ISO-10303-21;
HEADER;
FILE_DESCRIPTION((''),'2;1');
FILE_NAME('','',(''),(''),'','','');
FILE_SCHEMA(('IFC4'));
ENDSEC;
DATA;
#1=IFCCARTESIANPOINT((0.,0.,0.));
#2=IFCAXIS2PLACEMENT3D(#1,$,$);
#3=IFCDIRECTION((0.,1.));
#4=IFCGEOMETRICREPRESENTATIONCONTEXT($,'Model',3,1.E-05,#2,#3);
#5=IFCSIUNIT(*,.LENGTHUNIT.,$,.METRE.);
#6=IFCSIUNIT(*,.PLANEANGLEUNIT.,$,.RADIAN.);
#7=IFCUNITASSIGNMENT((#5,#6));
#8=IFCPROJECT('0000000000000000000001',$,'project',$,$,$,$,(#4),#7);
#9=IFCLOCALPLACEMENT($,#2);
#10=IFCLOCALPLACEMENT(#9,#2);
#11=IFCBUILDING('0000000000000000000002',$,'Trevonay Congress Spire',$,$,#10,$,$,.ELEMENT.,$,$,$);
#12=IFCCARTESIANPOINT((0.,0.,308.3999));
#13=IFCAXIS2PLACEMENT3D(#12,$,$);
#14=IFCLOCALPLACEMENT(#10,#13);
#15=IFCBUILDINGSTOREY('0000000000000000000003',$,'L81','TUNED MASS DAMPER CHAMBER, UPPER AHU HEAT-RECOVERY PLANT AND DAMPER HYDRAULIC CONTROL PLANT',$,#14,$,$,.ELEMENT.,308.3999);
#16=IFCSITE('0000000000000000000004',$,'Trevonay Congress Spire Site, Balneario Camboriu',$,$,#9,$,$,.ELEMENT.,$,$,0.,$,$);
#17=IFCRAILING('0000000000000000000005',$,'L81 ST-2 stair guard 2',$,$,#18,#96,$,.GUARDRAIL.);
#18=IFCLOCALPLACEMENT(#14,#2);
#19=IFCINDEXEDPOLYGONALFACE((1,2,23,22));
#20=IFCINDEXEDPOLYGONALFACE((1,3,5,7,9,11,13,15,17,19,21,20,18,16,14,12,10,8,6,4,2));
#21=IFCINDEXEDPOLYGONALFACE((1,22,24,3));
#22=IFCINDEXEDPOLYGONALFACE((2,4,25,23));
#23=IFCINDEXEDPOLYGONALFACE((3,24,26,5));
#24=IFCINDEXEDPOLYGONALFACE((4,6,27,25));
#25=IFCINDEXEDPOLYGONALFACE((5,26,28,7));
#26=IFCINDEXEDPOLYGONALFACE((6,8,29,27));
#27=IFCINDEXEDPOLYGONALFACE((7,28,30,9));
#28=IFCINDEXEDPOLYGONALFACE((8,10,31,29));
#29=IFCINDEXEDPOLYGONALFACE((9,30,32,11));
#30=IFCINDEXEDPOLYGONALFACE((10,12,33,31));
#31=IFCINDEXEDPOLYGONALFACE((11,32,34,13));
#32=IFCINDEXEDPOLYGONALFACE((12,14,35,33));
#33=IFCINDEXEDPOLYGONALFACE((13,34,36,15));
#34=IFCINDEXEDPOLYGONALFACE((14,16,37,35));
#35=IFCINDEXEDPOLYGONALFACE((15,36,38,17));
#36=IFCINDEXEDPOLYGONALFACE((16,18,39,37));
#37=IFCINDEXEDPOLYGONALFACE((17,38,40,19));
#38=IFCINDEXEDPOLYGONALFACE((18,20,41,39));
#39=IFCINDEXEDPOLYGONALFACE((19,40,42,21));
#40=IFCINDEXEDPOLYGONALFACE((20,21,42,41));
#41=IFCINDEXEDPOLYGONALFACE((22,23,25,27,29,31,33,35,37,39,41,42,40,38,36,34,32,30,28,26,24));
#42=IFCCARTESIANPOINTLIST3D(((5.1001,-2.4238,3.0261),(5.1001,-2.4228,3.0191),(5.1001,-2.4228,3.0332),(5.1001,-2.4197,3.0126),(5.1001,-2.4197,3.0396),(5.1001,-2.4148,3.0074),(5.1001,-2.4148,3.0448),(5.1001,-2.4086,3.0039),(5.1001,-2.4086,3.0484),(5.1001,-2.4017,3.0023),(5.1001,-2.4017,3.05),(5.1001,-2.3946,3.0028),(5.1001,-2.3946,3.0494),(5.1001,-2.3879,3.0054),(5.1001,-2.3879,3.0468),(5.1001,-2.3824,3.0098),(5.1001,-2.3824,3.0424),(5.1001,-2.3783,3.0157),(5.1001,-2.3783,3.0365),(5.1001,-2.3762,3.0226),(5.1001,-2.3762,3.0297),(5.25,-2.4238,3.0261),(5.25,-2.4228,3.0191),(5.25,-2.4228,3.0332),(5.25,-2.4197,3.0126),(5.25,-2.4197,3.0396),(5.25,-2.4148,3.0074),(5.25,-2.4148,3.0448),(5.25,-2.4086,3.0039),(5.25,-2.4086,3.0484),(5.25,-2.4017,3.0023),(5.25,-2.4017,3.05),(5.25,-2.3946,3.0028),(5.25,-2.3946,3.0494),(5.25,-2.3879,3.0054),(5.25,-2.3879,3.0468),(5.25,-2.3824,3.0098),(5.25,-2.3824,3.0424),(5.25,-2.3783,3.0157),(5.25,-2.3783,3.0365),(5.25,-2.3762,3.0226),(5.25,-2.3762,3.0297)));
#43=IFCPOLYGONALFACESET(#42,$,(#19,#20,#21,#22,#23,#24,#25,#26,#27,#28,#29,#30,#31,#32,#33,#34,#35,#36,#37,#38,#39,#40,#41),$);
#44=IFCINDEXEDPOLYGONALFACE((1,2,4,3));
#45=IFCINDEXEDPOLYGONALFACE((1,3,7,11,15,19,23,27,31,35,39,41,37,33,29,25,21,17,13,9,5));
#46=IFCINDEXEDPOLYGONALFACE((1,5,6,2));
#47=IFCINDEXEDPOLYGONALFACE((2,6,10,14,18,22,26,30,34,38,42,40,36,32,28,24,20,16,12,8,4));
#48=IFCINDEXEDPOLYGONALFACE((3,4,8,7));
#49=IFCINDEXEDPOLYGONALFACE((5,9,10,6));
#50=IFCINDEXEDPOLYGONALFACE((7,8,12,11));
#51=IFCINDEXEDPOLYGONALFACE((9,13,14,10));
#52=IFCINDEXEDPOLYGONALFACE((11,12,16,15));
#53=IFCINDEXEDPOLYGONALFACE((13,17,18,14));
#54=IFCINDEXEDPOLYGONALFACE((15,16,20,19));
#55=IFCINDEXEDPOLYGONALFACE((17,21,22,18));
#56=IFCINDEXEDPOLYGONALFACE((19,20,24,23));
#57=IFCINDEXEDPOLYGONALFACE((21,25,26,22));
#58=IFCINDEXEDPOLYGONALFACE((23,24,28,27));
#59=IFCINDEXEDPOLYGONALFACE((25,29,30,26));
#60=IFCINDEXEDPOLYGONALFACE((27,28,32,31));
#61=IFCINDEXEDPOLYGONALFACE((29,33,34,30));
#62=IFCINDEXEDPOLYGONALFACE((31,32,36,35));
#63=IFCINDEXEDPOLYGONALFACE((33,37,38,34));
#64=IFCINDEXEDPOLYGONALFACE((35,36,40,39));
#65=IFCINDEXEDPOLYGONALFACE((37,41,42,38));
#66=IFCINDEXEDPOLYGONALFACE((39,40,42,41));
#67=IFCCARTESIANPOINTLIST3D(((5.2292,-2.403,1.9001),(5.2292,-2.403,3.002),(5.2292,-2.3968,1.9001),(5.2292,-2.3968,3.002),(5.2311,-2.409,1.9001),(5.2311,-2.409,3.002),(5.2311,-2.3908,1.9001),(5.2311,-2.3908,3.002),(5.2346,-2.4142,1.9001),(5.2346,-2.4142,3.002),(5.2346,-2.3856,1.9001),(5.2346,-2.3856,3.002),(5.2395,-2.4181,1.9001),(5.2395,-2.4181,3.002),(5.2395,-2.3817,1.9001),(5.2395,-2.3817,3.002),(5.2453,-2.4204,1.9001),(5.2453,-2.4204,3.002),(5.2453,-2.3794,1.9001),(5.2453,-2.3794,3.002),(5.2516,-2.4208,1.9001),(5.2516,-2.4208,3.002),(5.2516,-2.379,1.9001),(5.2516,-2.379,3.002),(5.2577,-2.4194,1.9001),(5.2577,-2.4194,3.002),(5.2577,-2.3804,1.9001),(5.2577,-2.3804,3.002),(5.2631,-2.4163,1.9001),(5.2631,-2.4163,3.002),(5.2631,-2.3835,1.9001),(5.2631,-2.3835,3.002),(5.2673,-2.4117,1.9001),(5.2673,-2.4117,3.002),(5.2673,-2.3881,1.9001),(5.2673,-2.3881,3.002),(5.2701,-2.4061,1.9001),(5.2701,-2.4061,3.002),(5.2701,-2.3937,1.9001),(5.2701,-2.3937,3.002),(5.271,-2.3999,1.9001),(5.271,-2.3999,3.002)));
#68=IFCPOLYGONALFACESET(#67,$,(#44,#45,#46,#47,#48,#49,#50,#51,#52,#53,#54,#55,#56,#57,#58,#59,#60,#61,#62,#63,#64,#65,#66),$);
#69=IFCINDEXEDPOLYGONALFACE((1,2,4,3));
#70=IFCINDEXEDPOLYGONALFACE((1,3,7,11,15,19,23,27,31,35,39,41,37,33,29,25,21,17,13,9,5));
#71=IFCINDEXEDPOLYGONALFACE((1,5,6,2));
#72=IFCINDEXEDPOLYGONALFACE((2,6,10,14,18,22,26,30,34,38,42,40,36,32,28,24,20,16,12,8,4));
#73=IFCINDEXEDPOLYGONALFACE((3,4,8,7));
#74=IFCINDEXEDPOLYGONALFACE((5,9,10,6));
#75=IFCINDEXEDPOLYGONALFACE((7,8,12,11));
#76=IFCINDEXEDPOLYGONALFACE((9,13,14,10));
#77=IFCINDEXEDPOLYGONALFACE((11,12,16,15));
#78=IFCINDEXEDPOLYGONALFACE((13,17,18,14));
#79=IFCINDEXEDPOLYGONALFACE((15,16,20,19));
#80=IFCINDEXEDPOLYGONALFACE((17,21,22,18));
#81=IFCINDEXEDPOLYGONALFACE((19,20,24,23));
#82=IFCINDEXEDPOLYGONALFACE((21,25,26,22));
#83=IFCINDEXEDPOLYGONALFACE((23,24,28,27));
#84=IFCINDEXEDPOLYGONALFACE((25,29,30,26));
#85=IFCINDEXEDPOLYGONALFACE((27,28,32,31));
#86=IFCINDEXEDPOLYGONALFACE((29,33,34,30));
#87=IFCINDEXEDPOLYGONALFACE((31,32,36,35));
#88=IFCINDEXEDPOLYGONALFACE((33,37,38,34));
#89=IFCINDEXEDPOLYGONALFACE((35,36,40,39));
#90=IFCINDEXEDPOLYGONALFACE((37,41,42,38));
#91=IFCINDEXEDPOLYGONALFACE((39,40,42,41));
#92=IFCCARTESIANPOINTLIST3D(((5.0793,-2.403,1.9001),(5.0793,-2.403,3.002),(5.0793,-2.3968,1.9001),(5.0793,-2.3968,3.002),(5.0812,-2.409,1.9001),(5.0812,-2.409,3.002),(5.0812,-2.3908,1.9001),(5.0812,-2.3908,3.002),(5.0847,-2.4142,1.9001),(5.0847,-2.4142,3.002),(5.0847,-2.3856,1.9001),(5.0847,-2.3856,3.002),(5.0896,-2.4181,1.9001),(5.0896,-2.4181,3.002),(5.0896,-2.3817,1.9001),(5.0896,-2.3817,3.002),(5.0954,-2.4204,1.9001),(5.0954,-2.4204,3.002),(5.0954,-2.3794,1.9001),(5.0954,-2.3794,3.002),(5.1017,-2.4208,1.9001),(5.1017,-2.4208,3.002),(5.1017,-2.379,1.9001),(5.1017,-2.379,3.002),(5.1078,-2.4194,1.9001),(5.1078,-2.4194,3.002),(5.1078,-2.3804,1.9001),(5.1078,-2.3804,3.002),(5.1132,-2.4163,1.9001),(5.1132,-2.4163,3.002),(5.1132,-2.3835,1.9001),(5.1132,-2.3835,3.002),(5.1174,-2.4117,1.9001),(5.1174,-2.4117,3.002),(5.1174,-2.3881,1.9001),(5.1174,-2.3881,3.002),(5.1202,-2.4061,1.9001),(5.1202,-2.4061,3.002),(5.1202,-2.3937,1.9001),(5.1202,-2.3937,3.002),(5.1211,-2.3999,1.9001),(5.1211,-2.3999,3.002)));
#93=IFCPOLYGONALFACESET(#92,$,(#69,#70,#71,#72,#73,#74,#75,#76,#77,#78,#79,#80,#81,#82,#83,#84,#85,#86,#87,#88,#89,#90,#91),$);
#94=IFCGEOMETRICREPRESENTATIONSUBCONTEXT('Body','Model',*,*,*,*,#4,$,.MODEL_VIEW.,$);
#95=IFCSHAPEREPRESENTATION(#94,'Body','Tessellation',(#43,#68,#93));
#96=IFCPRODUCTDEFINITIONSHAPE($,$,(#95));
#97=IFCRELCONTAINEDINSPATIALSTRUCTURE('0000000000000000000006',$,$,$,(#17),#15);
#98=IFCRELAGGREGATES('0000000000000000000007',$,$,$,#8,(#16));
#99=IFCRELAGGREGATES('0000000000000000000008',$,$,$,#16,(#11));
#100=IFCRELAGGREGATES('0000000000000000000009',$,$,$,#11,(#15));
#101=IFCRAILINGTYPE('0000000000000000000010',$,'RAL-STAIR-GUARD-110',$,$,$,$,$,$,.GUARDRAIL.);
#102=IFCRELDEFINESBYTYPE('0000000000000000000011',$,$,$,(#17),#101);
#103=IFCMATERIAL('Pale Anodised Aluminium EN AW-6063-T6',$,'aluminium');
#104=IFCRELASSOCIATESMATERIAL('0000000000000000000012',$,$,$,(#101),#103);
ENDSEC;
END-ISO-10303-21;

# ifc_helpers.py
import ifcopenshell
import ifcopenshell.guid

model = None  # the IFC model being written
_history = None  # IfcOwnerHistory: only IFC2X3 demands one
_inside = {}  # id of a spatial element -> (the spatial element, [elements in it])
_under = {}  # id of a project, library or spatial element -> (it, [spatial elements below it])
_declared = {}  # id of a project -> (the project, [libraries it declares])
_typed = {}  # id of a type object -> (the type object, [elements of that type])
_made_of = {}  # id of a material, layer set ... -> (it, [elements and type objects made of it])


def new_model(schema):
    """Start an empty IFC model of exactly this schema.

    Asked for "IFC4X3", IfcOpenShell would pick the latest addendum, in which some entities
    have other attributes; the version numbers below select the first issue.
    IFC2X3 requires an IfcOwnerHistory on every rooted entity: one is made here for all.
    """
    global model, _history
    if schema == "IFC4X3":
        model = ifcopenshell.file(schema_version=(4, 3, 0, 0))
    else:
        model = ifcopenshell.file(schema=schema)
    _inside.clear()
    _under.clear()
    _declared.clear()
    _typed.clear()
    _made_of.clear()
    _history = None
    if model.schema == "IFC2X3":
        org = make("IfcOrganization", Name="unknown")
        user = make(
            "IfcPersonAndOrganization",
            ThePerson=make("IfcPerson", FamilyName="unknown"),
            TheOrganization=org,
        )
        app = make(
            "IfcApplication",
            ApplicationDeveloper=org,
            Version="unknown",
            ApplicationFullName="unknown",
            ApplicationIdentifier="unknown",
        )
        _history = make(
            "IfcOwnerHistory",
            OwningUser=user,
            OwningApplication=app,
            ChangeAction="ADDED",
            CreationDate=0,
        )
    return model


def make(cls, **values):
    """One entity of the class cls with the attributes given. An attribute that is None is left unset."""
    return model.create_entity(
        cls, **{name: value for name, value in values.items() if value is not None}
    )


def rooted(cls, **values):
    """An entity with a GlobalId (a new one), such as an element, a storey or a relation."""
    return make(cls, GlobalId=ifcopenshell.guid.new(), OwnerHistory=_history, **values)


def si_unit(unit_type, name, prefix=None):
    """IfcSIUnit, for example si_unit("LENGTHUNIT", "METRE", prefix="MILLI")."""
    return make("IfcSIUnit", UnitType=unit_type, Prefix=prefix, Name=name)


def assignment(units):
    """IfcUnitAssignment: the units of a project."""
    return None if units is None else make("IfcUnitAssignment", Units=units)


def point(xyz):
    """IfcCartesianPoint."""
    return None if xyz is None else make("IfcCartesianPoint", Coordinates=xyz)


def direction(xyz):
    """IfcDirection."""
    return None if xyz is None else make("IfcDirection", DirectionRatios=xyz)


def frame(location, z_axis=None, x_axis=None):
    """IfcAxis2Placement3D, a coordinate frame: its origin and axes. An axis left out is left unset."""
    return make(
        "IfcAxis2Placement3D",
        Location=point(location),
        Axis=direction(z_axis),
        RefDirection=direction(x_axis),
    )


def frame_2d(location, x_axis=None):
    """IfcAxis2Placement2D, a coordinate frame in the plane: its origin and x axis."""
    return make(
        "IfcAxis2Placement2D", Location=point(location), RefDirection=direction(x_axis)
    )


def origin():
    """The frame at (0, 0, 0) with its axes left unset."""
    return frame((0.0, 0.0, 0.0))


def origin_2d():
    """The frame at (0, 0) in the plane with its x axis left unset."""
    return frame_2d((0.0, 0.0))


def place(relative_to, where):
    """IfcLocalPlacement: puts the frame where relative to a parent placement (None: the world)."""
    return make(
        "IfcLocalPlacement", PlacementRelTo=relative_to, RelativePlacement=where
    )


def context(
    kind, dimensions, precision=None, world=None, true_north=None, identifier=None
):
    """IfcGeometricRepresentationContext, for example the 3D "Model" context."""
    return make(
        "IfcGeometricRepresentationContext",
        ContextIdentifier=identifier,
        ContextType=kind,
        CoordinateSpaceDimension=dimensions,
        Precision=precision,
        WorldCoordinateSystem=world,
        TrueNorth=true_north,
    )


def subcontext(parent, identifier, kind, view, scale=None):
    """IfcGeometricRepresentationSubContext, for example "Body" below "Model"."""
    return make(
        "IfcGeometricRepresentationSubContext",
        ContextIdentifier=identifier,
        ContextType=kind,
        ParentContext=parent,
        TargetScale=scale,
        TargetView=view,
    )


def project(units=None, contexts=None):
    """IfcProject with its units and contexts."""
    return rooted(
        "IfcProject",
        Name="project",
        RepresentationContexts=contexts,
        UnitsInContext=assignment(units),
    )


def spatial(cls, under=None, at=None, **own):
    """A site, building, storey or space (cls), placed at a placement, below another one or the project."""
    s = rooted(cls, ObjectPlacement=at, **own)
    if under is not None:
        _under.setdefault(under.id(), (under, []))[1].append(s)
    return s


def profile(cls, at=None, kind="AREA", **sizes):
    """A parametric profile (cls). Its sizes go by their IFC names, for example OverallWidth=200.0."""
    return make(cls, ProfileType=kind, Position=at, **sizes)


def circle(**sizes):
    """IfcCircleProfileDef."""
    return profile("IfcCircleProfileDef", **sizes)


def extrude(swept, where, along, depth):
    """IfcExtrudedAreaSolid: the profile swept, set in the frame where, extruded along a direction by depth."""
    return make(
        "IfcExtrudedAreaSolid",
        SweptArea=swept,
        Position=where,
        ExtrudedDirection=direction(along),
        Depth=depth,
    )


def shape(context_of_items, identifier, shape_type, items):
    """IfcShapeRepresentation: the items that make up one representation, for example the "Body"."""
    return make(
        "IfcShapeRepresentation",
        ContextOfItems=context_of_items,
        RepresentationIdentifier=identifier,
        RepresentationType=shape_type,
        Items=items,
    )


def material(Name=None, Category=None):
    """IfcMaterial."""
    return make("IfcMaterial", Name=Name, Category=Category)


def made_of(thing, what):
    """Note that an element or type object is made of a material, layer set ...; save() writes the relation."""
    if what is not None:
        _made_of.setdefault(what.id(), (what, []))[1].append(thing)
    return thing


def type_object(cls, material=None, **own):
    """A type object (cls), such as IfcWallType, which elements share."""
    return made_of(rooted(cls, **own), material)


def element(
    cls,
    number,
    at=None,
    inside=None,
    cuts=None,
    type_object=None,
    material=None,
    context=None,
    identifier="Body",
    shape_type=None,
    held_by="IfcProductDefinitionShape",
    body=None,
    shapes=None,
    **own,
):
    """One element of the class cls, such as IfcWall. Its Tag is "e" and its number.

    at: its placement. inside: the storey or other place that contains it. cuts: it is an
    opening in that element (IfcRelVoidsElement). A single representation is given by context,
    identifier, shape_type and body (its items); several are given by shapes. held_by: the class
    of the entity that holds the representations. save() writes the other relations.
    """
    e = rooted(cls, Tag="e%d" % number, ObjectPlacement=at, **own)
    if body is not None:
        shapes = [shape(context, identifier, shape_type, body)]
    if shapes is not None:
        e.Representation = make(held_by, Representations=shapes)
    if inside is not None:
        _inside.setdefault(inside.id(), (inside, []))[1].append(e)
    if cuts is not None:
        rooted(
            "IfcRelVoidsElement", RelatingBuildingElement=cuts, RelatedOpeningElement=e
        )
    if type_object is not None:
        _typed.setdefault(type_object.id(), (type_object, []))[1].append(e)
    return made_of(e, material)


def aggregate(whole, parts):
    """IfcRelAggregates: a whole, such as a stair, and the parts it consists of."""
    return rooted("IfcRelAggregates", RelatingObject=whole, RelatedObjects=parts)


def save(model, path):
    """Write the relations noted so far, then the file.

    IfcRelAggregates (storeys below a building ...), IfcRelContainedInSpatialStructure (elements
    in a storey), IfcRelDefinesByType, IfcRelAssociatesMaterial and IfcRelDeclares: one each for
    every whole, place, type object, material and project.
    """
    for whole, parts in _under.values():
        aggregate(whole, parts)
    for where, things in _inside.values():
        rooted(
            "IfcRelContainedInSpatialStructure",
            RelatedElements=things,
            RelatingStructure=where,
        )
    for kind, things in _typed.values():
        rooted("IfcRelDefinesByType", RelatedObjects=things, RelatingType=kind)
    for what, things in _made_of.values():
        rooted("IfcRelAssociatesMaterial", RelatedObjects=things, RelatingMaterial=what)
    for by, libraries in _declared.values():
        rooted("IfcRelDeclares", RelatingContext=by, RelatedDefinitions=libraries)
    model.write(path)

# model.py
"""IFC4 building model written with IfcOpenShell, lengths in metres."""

from ifc_helpers import new_model, si_unit, direction, frame, origin, origin_2d, place, context, subcontext, project, spatial, circle, extrude, material, type_object, element, save


model = new_model("IFC4")

# Units and contexts
model_context = context("Model", 3, precision=1e-05, world=origin(), true_north=direction((0.0, 1.0)))
body_context = subcontext(model_context, "Body", "Model", "MODEL_VIEW")
ifc_project = project(units=[si_unit("LENGTHUNIT", "METRE"), si_unit("PLANEANGLEUNIT", "RADIAN")], contexts=[model_context])

# Site, building, storey
site_placement = place(None, origin())
site = spatial("IfcSite", under=ifc_project, at=site_placement, Name="Trevonay Congress Spire Site, Balneario Camboriu", CompositionType="ELEMENT", RefElevation=0.0)
building_placement = place(site_placement, origin())
building = spatial("IfcBuilding", under=site, at=building_placement, Name="Trevonay Congress Spire", CompositionType="ELEMENT")
storey_placement = place(building_placement, frame((0.0, 0.0, 308.3999)))
storey = spatial("IfcBuildingStorey", under=building, at=storey_placement, Name="L81", Description="TUNED MASS DAMPER CHAMBER, UPPER AHU HEAT-RECOVERY PLANT AND DAMPER HYDRAULIC CONTROL PLANT", CompositionType="ELEMENT", Elevation=308.3999)

# Shared definitions
ifc_material_1 = material(Name="Pale Anodised Aluminium EN AW-6063-T6", Category="aluminium")

# Railing
railing_type_1 = type_object("IfcRailingType", Name="RAL-STAIR-GUARD-110", PredefinedType="GUARDRAIL", material=ifc_material_1)
railing_1_placement = place(storey_placement, frame((5.25, -2.3999, 1.9001)))
element("IfcRailing", 1, at=railing_1_placement, inside=storey, type_object=railing_type_1, Name="L81 ST-2 stair guard 2", PredefinedType="GUARDRAIL", context=body_context, shape_type="SweptSolid", body=[
    extrude(circle(Radius=0.0239, at=origin_2d()), frame((0.0, 0.0, 1.126), z_axis=(-1.0, 0.0, 0.0), x_axis=(0.0, -1.0, 0.0)), (0.0, 0.0, 1.0), 0.1499),
    extrude(circle(Radius=0.021, at=origin_2d()), origin(), (0.0, 0.0, 1.0), 1.1018),
    extrude(circle(Radius=0.021, at=origin_2d()), frame((-0.1499, 0.0, 0.0)), (0.0, 0.0, 1.0), 1.1018),
])

save(model, "model.ifc")
